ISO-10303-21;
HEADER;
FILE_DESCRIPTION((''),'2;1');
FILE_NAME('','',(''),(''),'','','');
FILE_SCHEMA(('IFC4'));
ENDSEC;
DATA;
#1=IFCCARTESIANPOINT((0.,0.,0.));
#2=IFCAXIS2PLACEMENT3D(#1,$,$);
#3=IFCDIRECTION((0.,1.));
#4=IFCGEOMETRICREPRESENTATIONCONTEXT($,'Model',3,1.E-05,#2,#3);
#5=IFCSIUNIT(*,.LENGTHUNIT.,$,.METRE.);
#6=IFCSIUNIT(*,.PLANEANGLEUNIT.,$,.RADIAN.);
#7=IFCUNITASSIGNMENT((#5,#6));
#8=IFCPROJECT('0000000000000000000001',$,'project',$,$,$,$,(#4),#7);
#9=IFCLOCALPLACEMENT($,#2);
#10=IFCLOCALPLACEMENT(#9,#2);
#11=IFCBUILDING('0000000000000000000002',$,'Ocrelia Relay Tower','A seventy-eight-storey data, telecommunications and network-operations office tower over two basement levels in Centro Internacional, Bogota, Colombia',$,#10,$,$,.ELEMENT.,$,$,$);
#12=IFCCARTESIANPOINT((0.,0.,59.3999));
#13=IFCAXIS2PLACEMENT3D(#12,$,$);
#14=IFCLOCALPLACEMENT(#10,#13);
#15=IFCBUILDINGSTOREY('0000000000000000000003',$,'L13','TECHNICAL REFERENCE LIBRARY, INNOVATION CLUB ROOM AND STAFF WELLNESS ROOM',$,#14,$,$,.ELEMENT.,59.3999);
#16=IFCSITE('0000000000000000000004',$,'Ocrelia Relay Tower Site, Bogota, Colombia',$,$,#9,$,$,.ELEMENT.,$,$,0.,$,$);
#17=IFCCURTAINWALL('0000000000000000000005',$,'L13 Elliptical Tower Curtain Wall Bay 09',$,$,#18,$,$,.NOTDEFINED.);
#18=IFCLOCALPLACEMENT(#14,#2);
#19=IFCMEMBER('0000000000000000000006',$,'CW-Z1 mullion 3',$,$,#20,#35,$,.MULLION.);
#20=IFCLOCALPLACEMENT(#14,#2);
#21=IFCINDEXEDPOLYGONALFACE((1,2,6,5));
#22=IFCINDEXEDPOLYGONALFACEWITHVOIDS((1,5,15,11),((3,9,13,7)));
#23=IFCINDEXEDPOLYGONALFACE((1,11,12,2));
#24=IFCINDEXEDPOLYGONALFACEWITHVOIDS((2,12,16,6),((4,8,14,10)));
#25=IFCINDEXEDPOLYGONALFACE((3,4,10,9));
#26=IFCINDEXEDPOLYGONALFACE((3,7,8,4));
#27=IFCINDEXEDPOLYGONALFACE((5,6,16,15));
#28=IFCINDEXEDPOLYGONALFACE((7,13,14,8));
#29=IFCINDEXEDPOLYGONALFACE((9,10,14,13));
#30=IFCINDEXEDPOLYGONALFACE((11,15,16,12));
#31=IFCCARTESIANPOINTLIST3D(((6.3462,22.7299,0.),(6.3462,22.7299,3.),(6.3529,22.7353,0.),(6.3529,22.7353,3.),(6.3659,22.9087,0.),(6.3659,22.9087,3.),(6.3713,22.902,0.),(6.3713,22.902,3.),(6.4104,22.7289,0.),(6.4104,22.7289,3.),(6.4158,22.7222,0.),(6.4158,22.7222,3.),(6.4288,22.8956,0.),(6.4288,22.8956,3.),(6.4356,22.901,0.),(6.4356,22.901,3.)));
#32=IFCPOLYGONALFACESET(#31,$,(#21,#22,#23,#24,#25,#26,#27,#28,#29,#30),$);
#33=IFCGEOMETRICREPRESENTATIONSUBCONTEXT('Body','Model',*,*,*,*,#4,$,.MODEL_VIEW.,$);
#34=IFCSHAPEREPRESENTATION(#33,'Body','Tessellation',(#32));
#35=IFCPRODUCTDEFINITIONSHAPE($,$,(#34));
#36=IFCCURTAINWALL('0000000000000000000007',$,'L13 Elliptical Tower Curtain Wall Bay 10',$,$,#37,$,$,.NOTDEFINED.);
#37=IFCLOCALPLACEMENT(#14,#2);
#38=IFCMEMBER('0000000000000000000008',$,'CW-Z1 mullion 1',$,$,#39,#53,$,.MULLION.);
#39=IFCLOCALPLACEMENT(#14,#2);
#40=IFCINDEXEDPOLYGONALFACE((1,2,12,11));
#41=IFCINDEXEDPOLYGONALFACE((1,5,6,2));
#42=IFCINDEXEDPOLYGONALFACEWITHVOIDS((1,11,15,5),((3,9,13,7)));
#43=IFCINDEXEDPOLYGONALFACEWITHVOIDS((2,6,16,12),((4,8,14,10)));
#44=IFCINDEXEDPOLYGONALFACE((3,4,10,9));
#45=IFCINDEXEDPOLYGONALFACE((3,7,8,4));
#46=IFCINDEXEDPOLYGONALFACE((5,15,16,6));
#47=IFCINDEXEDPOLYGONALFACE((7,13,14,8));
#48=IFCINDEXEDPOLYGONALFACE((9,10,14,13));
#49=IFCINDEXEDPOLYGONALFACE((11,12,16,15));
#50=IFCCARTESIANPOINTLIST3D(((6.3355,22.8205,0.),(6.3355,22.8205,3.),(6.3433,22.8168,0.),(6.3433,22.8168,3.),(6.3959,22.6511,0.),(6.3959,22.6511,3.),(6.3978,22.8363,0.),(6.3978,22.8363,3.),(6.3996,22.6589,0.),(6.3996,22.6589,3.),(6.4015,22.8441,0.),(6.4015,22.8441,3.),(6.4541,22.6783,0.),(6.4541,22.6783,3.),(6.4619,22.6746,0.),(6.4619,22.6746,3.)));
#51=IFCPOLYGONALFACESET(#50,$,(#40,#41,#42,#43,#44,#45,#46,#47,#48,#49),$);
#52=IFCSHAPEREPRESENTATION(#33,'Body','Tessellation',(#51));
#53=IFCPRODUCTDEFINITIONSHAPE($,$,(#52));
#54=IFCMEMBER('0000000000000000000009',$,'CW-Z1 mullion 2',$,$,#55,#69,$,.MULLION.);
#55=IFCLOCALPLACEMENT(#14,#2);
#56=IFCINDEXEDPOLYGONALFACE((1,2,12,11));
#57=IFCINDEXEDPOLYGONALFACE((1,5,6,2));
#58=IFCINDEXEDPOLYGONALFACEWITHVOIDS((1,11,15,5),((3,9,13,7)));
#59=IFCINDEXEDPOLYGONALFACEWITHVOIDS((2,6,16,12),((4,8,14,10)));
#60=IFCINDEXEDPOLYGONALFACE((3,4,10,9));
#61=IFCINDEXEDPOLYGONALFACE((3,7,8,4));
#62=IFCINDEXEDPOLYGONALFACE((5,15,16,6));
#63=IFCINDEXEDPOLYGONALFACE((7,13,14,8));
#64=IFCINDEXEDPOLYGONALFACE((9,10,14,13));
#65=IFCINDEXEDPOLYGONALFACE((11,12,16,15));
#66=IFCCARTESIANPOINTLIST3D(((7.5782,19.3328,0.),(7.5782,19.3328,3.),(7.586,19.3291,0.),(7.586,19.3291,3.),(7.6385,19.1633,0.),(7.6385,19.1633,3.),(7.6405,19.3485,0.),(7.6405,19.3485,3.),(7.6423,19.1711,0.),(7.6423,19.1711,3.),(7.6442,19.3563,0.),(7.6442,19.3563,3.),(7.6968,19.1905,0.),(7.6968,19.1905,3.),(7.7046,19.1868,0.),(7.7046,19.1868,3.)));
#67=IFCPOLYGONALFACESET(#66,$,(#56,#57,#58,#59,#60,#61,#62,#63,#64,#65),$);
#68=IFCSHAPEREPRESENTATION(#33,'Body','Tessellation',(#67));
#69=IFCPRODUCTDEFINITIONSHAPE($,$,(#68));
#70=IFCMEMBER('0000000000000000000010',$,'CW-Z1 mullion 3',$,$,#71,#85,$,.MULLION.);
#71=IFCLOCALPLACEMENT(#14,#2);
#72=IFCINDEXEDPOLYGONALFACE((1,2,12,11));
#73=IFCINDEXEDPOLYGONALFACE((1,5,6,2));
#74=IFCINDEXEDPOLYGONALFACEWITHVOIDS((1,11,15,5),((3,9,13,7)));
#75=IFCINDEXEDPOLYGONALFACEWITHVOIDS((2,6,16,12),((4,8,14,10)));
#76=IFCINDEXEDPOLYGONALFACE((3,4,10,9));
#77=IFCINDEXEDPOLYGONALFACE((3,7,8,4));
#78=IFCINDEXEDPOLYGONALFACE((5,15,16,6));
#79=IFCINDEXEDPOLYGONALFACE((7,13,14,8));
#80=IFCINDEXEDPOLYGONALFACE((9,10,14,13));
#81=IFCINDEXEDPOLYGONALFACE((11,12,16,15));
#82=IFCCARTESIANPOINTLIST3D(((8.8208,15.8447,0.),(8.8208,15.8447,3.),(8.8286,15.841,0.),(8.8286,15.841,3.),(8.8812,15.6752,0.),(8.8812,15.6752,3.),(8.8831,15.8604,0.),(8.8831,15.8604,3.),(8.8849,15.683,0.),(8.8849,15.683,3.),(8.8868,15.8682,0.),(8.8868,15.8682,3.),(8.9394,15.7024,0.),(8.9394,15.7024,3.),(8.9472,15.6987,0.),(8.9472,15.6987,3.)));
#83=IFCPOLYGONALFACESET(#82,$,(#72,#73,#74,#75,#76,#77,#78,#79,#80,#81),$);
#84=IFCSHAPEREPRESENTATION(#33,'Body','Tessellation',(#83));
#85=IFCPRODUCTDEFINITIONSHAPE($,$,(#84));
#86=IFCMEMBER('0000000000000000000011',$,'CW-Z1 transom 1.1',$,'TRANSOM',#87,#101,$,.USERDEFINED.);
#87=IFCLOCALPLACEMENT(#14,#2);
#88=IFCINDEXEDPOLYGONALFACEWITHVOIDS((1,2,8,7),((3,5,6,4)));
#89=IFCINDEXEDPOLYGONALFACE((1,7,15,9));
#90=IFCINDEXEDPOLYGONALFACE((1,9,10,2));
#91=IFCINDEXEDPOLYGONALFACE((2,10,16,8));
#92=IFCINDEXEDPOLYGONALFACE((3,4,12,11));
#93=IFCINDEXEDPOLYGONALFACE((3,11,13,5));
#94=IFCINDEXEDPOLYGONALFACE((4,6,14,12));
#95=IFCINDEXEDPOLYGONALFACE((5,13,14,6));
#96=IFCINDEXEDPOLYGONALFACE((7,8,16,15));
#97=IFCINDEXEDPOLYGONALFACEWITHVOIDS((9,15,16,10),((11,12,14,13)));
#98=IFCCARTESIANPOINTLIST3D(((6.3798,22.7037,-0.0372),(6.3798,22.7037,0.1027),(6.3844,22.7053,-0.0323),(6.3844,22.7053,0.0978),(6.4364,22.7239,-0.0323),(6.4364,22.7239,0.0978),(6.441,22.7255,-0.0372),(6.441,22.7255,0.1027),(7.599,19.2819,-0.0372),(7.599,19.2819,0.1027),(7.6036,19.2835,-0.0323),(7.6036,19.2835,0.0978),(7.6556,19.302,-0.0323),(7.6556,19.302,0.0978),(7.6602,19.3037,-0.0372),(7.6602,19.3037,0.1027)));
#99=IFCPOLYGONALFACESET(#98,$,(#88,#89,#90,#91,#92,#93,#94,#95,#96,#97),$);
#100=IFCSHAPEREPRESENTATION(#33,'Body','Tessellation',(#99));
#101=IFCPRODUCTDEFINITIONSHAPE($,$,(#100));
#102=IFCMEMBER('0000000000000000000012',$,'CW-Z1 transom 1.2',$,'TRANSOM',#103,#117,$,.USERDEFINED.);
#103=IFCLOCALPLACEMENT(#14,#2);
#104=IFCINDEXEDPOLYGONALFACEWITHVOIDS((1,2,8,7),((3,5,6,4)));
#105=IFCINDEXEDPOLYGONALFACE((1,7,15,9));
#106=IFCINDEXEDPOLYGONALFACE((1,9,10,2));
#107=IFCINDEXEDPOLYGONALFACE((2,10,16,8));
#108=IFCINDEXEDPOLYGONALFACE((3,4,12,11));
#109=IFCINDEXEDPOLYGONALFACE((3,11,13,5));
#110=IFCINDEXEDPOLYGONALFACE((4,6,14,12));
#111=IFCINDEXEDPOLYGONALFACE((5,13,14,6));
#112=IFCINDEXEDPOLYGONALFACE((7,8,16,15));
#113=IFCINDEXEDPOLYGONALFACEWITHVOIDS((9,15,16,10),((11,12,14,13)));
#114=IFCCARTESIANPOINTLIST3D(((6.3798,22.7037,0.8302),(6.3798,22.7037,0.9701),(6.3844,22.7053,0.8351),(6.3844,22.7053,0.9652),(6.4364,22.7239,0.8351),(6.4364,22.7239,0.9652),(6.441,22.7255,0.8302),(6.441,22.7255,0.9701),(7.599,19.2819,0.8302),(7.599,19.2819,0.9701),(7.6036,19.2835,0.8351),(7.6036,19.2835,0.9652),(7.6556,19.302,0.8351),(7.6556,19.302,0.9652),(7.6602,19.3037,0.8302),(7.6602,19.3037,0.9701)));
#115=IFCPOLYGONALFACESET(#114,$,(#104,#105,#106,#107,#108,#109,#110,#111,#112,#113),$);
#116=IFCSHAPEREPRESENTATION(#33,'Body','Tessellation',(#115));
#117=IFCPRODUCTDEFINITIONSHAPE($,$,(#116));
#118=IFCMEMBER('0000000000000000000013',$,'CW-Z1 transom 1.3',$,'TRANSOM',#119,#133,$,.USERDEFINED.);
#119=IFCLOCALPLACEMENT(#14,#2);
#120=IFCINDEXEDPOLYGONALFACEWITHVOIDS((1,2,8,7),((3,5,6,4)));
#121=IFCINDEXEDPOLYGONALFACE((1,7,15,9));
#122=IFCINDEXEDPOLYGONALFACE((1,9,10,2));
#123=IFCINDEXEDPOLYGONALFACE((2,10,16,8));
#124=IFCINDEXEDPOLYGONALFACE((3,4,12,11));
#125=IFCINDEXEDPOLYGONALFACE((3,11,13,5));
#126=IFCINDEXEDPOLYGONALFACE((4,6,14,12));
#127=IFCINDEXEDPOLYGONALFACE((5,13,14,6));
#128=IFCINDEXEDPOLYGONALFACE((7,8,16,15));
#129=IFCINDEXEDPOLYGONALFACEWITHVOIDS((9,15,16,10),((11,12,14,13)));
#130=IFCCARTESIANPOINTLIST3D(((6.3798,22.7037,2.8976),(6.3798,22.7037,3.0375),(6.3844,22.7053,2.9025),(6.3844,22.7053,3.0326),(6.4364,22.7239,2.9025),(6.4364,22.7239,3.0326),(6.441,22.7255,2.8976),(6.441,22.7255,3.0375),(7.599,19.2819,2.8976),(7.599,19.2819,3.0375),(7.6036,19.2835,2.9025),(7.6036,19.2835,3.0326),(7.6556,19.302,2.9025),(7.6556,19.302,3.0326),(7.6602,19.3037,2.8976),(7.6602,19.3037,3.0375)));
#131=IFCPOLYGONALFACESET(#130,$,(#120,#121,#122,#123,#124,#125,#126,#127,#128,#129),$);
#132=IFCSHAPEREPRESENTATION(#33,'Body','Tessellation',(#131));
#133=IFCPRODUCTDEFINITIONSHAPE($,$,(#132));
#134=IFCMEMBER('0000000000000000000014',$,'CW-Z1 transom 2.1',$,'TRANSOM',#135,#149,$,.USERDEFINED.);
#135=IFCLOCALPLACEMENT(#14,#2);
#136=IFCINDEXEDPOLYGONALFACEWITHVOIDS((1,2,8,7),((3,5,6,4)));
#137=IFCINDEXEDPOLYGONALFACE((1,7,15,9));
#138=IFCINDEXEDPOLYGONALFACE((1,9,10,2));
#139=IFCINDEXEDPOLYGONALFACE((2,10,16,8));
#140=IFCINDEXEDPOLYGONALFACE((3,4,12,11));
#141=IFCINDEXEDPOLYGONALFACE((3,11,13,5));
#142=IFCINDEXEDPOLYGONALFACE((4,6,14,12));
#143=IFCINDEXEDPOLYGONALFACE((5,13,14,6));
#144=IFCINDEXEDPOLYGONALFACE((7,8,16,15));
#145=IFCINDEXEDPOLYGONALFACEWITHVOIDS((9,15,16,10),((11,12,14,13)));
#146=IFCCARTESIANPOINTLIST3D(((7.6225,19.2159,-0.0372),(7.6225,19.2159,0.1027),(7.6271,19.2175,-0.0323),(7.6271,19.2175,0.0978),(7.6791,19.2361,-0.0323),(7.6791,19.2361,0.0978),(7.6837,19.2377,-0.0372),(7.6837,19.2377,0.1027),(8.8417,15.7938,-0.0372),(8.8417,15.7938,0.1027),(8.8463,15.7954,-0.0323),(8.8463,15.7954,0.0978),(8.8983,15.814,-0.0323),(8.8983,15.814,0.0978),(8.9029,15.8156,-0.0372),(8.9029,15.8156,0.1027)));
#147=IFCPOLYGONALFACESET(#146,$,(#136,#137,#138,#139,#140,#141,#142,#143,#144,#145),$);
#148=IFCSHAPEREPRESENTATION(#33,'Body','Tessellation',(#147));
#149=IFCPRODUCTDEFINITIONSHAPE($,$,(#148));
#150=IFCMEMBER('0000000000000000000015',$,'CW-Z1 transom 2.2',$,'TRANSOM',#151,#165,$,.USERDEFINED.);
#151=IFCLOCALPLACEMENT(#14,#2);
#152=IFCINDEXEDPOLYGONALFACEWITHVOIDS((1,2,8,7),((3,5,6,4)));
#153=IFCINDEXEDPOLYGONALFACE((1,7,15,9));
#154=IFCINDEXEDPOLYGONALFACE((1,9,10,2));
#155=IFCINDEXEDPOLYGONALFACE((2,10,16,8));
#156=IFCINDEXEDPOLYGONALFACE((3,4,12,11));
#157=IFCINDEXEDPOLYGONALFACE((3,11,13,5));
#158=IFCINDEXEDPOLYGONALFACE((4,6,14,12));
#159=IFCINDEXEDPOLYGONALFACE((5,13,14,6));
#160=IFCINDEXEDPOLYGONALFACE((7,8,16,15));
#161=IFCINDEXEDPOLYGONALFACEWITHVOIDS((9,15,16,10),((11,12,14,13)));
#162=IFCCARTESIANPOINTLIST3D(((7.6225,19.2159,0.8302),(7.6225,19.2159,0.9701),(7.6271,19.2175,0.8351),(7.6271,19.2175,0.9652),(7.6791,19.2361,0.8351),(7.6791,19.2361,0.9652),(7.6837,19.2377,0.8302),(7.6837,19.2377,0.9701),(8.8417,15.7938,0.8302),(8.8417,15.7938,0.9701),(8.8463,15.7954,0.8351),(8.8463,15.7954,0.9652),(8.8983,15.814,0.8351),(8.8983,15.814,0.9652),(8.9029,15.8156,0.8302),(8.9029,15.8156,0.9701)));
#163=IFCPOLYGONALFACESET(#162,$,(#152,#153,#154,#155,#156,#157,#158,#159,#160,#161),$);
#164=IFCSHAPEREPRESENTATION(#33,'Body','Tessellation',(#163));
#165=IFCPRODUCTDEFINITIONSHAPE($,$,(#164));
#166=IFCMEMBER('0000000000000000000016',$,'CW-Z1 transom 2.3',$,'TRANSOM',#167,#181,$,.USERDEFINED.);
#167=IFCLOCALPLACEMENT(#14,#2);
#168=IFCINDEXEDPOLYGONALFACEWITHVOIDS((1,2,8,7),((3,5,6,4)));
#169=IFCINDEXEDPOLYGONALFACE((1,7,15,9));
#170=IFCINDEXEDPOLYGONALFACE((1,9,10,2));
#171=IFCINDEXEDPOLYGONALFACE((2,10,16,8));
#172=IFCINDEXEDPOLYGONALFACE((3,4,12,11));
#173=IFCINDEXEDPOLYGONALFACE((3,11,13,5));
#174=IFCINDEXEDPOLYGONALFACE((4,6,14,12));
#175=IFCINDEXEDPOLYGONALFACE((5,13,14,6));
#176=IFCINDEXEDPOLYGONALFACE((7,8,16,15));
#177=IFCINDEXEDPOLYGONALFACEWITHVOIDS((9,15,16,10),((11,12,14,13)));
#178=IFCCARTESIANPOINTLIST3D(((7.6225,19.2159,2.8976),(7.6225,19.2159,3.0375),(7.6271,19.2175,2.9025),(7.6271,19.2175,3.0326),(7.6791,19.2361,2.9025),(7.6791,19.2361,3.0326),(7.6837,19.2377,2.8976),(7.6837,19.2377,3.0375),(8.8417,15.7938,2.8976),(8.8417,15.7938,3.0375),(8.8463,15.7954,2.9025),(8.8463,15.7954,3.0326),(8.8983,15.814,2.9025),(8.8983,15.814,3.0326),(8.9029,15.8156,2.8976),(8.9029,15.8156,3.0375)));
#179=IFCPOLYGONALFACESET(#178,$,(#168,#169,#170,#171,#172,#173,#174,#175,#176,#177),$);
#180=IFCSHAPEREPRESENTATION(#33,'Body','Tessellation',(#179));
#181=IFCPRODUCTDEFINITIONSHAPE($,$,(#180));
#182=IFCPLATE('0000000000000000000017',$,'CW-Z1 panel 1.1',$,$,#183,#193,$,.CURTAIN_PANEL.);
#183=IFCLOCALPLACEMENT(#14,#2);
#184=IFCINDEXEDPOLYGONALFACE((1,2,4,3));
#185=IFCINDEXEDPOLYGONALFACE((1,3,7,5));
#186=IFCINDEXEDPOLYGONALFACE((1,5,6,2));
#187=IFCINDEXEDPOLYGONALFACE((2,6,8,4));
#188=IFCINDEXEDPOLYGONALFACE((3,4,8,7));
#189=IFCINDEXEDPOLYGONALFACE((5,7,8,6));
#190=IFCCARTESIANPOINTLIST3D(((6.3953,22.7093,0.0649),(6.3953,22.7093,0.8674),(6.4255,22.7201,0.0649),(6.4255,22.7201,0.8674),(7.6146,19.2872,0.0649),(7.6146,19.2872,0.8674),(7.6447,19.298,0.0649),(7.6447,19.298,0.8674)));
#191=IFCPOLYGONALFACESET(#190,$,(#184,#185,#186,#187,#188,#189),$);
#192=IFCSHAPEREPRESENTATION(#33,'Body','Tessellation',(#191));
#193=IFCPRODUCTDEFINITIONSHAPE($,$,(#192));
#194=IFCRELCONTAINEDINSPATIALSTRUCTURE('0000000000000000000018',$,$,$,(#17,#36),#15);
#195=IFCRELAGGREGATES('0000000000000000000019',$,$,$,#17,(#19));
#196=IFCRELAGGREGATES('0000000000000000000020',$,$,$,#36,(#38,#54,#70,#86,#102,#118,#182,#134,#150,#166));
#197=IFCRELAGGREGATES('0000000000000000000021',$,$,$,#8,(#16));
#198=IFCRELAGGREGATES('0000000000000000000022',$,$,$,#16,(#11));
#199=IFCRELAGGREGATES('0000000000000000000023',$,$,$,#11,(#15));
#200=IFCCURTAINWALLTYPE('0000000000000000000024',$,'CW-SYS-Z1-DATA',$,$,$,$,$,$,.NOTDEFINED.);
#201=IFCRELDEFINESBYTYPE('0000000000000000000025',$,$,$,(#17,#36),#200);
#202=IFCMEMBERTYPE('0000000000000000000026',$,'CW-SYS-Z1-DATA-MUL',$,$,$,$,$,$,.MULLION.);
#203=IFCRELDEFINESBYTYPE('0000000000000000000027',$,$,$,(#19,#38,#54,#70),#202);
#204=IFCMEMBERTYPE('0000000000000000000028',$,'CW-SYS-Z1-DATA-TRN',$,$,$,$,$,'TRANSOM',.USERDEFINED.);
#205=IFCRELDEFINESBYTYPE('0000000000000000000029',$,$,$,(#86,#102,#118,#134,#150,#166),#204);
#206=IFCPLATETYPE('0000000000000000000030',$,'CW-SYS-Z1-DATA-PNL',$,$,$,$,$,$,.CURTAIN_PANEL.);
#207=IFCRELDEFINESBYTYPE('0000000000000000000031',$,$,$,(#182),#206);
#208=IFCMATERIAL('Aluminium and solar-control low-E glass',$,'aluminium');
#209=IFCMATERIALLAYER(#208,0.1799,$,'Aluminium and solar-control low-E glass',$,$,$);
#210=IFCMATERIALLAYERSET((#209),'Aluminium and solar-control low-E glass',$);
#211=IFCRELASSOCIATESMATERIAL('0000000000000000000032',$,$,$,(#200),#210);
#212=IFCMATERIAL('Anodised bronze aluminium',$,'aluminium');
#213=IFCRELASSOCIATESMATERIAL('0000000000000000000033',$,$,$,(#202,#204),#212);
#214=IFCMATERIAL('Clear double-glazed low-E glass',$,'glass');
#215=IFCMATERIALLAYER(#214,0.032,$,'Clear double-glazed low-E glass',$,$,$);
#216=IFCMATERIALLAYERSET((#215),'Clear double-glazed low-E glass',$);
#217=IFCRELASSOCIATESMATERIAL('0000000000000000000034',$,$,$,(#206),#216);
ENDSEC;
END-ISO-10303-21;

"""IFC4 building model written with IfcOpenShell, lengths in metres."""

from ifc_helpers import new_model, si_unit, direction, frame, origin, origin_2d, place, context, subcontext, project, spatial, rectangle, hollow_rectangle, extrude, material, layer, layer_set, material_profile, profile_set, type_object, element, aggregate, save


model = new_model("IFC4")

# Units and contexts
model_context = context("Model", 3, precision=1e-05, world=origin(), true_north=direction((0.0, 1.0)))
body_context = subcontext(model_context, "Body", "Model", "MODEL_VIEW")
ifc_project = project(units=[si_unit("LENGTHUNIT", "METRE"), si_unit("PLANEANGLEUNIT", "RADIAN")], contexts=[model_context])

# Site, building, storey
site_placement = place(None, origin())
site = spatial("IfcSite", under=ifc_project, at=site_placement, Name="Ocrelia Relay Tower Site, Bogota, Colombia", CompositionType="ELEMENT", RefElevation=0.0)
building_placement = place(site_placement, origin())
building = spatial("IfcBuilding", under=site, at=building_placement, Name="Ocrelia Relay Tower", Description="A seventy-eight-storey data, telecommunications and network-operations office tower over two basement levels in Centro Internacional, Bogota, Colombia", CompositionType="ELEMENT")
storey_placement = place(building_placement, frame((0.0, 0.0, 59.3999)))
storey = spatial("IfcBuildingStorey", under=building, at=storey_placement, Name="L13", Description="TECHNICAL REFERENCE LIBRARY, INNOVATION CLUB ROOM AND STAFF WELLNESS ROOM", CompositionType="ELEMENT", Elevation=59.3999)

# Curtain wall, member
ifc_material_1 = material(Name="Aluminium and solar-control low-E glass", Category="aluminium")
ifc_layer_1 = layer(ifc_material_1, 0.1799, Name="Aluminium and solar-control low-E glass")
ifc_layer_set_1 = layer_set([ifc_layer_1], Name="Aluminium and solar-control low-E glass")
curtain_wall_type = type_object("IfcCurtainWallType", Name="CW-SYS-Z1-DATA", PredefinedType="NOTDEFINED", material=ifc_layer_set_1)
curtain_wall_1_placement = place(storey_placement, origin())
curtain_wall_1 = element("IfcCurtainWall", 1, at=curtain_wall_1_placement, inside=storey, type_object=curtain_wall_type, Name="L13 Elliptical Tower Curtain Wall Bay 09", PredefinedType="NOTDEFINED")
ifc_material_2 = material(Name="Anodised bronze aluminium", Category="aluminium")
ifc_material_profile_1 = material_profile(ifc_material_2, hollow_rectangle(XDim=0.0701, YDim=0.1799, WallThickness=0.0061, at=origin_2d()), Name="CW-MUL-180x70")
ifc_profile_set_1 = profile_set([ifc_material_profile_1], Name="Anodised bronze aluminium")
member_type_1 = type_object("IfcMemberType", Name="CW-SYS-Z1-DATA-MUL", PredefinedType="MULLION", material=ifc_profile_set_1)
member_1_placement = place(storey_placement, frame((6.3909, 22.8154, 0.0), z_axis=(0.0, 0.0, 1.0), x_axis=(0.993941, -0.109919, 0.0)))
member_1 = element("IfcMember", 2, at=member_1_placement, type_object=member_type_1, Name="CW-Z1 mullion 3", PredefinedType="MULLION", context=body_context, shape_type="SweptSolid", body=[
    extrude(hollow_rectangle(XDim=0.0701, YDim=0.1799, WallThickness=0.0061, at=origin_2d()), origin(), (0.0, 0.0, 1.0), 3.0),
])
aggregate(curtain_wall_1, [member_1])

# Curtain wall, members, plate
curtain_wall_2_placement = place(storey_placement, origin())
curtain_wall_2 = element("IfcCurtainWall", 3, at=curtain_wall_2_placement, inside=storey, type_object=curtain_wall_type, Name="L13 Elliptical Tower Curtain Wall Bay 10", PredefinedType="NOTDEFINED")
member_2_placement = place(storey_placement, frame((6.3987, 22.7476, 0.0), z_axis=(0.0, 0.0, 1.0), x_axis=(0.941997, 0.335621, 0.0)))
member_2 = element("IfcMember", 4, at=member_2_placement, type_object=member_type_1, Name="CW-Z1 mullion 1", PredefinedType="MULLION", context=body_context, shape_type="SweptSolid", body=[
    extrude(hollow_rectangle(XDim=0.0701, YDim=0.1799, WallThickness=0.0061, at=origin_2d()), origin(), (0.0, 0.0, 1.0), 3.0),
])
member_3_placement = place(storey_placement, frame((7.6414, 19.2598, 0.0), z_axis=(0.0, 0.0, 1.0), x_axis=(0.941997, 0.335621, 0.0)))
member_3 = element("IfcMember", 5, at=member_3_placement, type_object=member_type_1, Name="CW-Z1 mullion 2", PredefinedType="MULLION", context=body_context, shape_type="SweptSolid", body=[
    extrude(hollow_rectangle(XDim=0.0701, YDim=0.1799, WallThickness=0.0061, at=origin_2d()), origin(), (0.0, 0.0, 1.0), 3.0),
])
member_4_placement = place(storey_placement, frame((8.884, 15.7717, 0.0), z_axis=(0.0, 0.0, 1.0), x_axis=(0.941997, 0.335621, 0.0)))
member_4 = element("IfcMember", 6, at=member_4_placement, type_object=member_type_1, Name="CW-Z1 mullion 3", PredefinedType="MULLION", context=body_context, shape_type="SweptSolid", body=[
    extrude(hollow_rectangle(XDim=0.0701, YDim=0.1799, WallThickness=0.0061, at=origin_2d()), origin(), (0.0, 0.0, 1.0), 3.0),
])
ifc_material_profile_2 = material_profile(ifc_material_2, hollow_rectangle(XDim=0.0649, YDim=0.1399, WallThickness=0.0049, at=origin_2d()), Name="CW-TRN-140x65")
ifc_profile_set_2 = profile_set([ifc_material_profile_2], Name="Anodised bronze aluminium")
member_type_2 = type_object("IfcMemberType", Name="CW-SYS-Z1-DATA-TRN", ElementType="TRANSOM", PredefinedType="USERDEFINED", material=ifc_profile_set_2)
member_5_placement = place(storey_placement, frame((6.4104, 22.7146, 0.0327), z_axis=(0.335638, -0.941991, 0.0), x_axis=(0.941991, 0.335638, 0.0)))
member_5 = element("IfcMember", 7, at=member_5_placement, type_object=member_type_2, Name="CW-Z1 transom 1.1", ObjectType="TRANSOM", PredefinedType="USERDEFINED", context=body_context, shape_type="SweptSolid", body=[
    extrude(hollow_rectangle(XDim=0.0649, YDim=0.1399, WallThickness=0.0049, at=origin_2d()), origin(), (0.0, 0.0, 1.0), 3.6326),
])
member_6_placement = place(storey_placement, frame((6.4104, 22.7146, 0.9001), z_axis=(0.335638, -0.941991, 0.0), x_axis=(0.941991, 0.335638, 0.0)))
member_6 = element("IfcMember", 8, at=member_6_placement, type_object=member_type_2, Name="CW-Z1 transom 1.2", ObjectType="TRANSOM", PredefinedType="USERDEFINED", context=body_context, shape_type="SweptSolid", body=[
    extrude(hollow_rectangle(XDim=0.0649, YDim=0.1399, WallThickness=0.0049, at=origin_2d()), origin(), (0.0, 0.0, 1.0), 3.6326),
])
member_7_placement = place(storey_placement, frame((6.4104, 22.7146, 2.9675), z_axis=(0.335638, -0.941991, 0.0), x_axis=(0.941991, 0.335638, 0.0)))
member_7 = element("IfcMember", 9, at=member_7_placement, type_object=member_type_2, Name="CW-Z1 transom 1.3", ObjectType="TRANSOM", PredefinedType="USERDEFINED", context=body_context, shape_type="SweptSolid", body=[
    extrude(hollow_rectangle(XDim=0.0649, YDim=0.1399, WallThickness=0.0049, at=origin_2d()), origin(), (0.0, 0.0, 1.0), 3.6326),
])
member_8_placement = place(storey_placement, frame((7.6531, 19.2268, 0.0327), z_axis=(0.335617, -0.941999, 0.0), x_axis=(0.941999, 0.335617, 0.0)))
member_8 = element("IfcMember", 10, at=member_8_placement, type_object=member_type_2, Name="CW-Z1 transom 2.1", ObjectType="TRANSOM", PredefinedType="USERDEFINED", context=body_context, shape_type="SweptSolid", body=[
    extrude(hollow_rectangle(XDim=0.0649, YDim=0.1399, WallThickness=0.0049, at=origin_2d()), origin(), (0.0, 0.0, 1.0), 3.6328),
])
member_9_placement = place(storey_placement, frame((7.6531, 19.2268, 0.9001), z_axis=(0.335617, -0.941999, 0.0), x_axis=(0.941999, 0.335617, 0.0)))
member_9 = element("IfcMember", 11, at=member_9_placement, type_object=member_type_2, Name="CW-Z1 transom 2.2", ObjectType="TRANSOM", PredefinedType="USERDEFINED", context=body_context, shape_type="SweptSolid", body=[
    extrude(hollow_rectangle(XDim=0.0649, YDim=0.1399, WallThickness=0.0049, at=origin_2d()), origin(), (0.0, 0.0, 1.0), 3.6328),
])
member_10_placement = place(storey_placement, frame((7.6531, 19.2268, 2.9675), z_axis=(0.335617, -0.941999, 0.0), x_axis=(0.941999, 0.335617, 0.0)))
member_10 = element("IfcMember", 12, at=member_10_placement, type_object=member_type_2, Name="CW-Z1 transom 2.3", ObjectType="TRANSOM", PredefinedType="USERDEFINED", context=body_context, shape_type="SweptSolid", body=[
    extrude(hollow_rectangle(XDim=0.0649, YDim=0.1399, WallThickness=0.0049, at=origin_2d()), origin(), (0.0, 0.0, 1.0), 3.6328),
])
ifc_material_3 = material(Name="Clear double-glazed low-E glass", Category="glass")
ifc_layer_2 = layer(ifc_material_3, 0.032, Name="Clear double-glazed low-E glass")
ifc_layer_set_2 = layer_set([ifc_layer_2], Name="Clear double-glazed low-E glass")
plate_type = type_object("IfcPlateType", Name="CW-SYS-Z1-DATA-PNL", PredefinedType="CURTAIN_PANEL", material=ifc_layer_set_2)
plate_1_placement = place(storey_placement, frame((7.02, 21.0037, 0.0649), z_axis=(0.0, 0.0, 1.0), x_axis=(0.335621, -0.941997, 0.0)))
plate_1 = element("IfcPlate", 13, at=plate_1_placement, type_object=plate_type, Name="CW-Z1 panel 1.1", PredefinedType="CURTAIN_PANEL", context=body_context, shape_type="SweptSolid", body=[
    extrude(rectangle(XDim=3.6328, YDim=0.032, at=origin_2d()), origin(), (0.0, 0.0, 1.0), 0.8025),
])
aggregate(curtain_wall_2, [member_2, member_3, member_4, member_5, member_6, member_7, plate_1, member_8, member_9, member_10])

save(model, "model.ifc")
